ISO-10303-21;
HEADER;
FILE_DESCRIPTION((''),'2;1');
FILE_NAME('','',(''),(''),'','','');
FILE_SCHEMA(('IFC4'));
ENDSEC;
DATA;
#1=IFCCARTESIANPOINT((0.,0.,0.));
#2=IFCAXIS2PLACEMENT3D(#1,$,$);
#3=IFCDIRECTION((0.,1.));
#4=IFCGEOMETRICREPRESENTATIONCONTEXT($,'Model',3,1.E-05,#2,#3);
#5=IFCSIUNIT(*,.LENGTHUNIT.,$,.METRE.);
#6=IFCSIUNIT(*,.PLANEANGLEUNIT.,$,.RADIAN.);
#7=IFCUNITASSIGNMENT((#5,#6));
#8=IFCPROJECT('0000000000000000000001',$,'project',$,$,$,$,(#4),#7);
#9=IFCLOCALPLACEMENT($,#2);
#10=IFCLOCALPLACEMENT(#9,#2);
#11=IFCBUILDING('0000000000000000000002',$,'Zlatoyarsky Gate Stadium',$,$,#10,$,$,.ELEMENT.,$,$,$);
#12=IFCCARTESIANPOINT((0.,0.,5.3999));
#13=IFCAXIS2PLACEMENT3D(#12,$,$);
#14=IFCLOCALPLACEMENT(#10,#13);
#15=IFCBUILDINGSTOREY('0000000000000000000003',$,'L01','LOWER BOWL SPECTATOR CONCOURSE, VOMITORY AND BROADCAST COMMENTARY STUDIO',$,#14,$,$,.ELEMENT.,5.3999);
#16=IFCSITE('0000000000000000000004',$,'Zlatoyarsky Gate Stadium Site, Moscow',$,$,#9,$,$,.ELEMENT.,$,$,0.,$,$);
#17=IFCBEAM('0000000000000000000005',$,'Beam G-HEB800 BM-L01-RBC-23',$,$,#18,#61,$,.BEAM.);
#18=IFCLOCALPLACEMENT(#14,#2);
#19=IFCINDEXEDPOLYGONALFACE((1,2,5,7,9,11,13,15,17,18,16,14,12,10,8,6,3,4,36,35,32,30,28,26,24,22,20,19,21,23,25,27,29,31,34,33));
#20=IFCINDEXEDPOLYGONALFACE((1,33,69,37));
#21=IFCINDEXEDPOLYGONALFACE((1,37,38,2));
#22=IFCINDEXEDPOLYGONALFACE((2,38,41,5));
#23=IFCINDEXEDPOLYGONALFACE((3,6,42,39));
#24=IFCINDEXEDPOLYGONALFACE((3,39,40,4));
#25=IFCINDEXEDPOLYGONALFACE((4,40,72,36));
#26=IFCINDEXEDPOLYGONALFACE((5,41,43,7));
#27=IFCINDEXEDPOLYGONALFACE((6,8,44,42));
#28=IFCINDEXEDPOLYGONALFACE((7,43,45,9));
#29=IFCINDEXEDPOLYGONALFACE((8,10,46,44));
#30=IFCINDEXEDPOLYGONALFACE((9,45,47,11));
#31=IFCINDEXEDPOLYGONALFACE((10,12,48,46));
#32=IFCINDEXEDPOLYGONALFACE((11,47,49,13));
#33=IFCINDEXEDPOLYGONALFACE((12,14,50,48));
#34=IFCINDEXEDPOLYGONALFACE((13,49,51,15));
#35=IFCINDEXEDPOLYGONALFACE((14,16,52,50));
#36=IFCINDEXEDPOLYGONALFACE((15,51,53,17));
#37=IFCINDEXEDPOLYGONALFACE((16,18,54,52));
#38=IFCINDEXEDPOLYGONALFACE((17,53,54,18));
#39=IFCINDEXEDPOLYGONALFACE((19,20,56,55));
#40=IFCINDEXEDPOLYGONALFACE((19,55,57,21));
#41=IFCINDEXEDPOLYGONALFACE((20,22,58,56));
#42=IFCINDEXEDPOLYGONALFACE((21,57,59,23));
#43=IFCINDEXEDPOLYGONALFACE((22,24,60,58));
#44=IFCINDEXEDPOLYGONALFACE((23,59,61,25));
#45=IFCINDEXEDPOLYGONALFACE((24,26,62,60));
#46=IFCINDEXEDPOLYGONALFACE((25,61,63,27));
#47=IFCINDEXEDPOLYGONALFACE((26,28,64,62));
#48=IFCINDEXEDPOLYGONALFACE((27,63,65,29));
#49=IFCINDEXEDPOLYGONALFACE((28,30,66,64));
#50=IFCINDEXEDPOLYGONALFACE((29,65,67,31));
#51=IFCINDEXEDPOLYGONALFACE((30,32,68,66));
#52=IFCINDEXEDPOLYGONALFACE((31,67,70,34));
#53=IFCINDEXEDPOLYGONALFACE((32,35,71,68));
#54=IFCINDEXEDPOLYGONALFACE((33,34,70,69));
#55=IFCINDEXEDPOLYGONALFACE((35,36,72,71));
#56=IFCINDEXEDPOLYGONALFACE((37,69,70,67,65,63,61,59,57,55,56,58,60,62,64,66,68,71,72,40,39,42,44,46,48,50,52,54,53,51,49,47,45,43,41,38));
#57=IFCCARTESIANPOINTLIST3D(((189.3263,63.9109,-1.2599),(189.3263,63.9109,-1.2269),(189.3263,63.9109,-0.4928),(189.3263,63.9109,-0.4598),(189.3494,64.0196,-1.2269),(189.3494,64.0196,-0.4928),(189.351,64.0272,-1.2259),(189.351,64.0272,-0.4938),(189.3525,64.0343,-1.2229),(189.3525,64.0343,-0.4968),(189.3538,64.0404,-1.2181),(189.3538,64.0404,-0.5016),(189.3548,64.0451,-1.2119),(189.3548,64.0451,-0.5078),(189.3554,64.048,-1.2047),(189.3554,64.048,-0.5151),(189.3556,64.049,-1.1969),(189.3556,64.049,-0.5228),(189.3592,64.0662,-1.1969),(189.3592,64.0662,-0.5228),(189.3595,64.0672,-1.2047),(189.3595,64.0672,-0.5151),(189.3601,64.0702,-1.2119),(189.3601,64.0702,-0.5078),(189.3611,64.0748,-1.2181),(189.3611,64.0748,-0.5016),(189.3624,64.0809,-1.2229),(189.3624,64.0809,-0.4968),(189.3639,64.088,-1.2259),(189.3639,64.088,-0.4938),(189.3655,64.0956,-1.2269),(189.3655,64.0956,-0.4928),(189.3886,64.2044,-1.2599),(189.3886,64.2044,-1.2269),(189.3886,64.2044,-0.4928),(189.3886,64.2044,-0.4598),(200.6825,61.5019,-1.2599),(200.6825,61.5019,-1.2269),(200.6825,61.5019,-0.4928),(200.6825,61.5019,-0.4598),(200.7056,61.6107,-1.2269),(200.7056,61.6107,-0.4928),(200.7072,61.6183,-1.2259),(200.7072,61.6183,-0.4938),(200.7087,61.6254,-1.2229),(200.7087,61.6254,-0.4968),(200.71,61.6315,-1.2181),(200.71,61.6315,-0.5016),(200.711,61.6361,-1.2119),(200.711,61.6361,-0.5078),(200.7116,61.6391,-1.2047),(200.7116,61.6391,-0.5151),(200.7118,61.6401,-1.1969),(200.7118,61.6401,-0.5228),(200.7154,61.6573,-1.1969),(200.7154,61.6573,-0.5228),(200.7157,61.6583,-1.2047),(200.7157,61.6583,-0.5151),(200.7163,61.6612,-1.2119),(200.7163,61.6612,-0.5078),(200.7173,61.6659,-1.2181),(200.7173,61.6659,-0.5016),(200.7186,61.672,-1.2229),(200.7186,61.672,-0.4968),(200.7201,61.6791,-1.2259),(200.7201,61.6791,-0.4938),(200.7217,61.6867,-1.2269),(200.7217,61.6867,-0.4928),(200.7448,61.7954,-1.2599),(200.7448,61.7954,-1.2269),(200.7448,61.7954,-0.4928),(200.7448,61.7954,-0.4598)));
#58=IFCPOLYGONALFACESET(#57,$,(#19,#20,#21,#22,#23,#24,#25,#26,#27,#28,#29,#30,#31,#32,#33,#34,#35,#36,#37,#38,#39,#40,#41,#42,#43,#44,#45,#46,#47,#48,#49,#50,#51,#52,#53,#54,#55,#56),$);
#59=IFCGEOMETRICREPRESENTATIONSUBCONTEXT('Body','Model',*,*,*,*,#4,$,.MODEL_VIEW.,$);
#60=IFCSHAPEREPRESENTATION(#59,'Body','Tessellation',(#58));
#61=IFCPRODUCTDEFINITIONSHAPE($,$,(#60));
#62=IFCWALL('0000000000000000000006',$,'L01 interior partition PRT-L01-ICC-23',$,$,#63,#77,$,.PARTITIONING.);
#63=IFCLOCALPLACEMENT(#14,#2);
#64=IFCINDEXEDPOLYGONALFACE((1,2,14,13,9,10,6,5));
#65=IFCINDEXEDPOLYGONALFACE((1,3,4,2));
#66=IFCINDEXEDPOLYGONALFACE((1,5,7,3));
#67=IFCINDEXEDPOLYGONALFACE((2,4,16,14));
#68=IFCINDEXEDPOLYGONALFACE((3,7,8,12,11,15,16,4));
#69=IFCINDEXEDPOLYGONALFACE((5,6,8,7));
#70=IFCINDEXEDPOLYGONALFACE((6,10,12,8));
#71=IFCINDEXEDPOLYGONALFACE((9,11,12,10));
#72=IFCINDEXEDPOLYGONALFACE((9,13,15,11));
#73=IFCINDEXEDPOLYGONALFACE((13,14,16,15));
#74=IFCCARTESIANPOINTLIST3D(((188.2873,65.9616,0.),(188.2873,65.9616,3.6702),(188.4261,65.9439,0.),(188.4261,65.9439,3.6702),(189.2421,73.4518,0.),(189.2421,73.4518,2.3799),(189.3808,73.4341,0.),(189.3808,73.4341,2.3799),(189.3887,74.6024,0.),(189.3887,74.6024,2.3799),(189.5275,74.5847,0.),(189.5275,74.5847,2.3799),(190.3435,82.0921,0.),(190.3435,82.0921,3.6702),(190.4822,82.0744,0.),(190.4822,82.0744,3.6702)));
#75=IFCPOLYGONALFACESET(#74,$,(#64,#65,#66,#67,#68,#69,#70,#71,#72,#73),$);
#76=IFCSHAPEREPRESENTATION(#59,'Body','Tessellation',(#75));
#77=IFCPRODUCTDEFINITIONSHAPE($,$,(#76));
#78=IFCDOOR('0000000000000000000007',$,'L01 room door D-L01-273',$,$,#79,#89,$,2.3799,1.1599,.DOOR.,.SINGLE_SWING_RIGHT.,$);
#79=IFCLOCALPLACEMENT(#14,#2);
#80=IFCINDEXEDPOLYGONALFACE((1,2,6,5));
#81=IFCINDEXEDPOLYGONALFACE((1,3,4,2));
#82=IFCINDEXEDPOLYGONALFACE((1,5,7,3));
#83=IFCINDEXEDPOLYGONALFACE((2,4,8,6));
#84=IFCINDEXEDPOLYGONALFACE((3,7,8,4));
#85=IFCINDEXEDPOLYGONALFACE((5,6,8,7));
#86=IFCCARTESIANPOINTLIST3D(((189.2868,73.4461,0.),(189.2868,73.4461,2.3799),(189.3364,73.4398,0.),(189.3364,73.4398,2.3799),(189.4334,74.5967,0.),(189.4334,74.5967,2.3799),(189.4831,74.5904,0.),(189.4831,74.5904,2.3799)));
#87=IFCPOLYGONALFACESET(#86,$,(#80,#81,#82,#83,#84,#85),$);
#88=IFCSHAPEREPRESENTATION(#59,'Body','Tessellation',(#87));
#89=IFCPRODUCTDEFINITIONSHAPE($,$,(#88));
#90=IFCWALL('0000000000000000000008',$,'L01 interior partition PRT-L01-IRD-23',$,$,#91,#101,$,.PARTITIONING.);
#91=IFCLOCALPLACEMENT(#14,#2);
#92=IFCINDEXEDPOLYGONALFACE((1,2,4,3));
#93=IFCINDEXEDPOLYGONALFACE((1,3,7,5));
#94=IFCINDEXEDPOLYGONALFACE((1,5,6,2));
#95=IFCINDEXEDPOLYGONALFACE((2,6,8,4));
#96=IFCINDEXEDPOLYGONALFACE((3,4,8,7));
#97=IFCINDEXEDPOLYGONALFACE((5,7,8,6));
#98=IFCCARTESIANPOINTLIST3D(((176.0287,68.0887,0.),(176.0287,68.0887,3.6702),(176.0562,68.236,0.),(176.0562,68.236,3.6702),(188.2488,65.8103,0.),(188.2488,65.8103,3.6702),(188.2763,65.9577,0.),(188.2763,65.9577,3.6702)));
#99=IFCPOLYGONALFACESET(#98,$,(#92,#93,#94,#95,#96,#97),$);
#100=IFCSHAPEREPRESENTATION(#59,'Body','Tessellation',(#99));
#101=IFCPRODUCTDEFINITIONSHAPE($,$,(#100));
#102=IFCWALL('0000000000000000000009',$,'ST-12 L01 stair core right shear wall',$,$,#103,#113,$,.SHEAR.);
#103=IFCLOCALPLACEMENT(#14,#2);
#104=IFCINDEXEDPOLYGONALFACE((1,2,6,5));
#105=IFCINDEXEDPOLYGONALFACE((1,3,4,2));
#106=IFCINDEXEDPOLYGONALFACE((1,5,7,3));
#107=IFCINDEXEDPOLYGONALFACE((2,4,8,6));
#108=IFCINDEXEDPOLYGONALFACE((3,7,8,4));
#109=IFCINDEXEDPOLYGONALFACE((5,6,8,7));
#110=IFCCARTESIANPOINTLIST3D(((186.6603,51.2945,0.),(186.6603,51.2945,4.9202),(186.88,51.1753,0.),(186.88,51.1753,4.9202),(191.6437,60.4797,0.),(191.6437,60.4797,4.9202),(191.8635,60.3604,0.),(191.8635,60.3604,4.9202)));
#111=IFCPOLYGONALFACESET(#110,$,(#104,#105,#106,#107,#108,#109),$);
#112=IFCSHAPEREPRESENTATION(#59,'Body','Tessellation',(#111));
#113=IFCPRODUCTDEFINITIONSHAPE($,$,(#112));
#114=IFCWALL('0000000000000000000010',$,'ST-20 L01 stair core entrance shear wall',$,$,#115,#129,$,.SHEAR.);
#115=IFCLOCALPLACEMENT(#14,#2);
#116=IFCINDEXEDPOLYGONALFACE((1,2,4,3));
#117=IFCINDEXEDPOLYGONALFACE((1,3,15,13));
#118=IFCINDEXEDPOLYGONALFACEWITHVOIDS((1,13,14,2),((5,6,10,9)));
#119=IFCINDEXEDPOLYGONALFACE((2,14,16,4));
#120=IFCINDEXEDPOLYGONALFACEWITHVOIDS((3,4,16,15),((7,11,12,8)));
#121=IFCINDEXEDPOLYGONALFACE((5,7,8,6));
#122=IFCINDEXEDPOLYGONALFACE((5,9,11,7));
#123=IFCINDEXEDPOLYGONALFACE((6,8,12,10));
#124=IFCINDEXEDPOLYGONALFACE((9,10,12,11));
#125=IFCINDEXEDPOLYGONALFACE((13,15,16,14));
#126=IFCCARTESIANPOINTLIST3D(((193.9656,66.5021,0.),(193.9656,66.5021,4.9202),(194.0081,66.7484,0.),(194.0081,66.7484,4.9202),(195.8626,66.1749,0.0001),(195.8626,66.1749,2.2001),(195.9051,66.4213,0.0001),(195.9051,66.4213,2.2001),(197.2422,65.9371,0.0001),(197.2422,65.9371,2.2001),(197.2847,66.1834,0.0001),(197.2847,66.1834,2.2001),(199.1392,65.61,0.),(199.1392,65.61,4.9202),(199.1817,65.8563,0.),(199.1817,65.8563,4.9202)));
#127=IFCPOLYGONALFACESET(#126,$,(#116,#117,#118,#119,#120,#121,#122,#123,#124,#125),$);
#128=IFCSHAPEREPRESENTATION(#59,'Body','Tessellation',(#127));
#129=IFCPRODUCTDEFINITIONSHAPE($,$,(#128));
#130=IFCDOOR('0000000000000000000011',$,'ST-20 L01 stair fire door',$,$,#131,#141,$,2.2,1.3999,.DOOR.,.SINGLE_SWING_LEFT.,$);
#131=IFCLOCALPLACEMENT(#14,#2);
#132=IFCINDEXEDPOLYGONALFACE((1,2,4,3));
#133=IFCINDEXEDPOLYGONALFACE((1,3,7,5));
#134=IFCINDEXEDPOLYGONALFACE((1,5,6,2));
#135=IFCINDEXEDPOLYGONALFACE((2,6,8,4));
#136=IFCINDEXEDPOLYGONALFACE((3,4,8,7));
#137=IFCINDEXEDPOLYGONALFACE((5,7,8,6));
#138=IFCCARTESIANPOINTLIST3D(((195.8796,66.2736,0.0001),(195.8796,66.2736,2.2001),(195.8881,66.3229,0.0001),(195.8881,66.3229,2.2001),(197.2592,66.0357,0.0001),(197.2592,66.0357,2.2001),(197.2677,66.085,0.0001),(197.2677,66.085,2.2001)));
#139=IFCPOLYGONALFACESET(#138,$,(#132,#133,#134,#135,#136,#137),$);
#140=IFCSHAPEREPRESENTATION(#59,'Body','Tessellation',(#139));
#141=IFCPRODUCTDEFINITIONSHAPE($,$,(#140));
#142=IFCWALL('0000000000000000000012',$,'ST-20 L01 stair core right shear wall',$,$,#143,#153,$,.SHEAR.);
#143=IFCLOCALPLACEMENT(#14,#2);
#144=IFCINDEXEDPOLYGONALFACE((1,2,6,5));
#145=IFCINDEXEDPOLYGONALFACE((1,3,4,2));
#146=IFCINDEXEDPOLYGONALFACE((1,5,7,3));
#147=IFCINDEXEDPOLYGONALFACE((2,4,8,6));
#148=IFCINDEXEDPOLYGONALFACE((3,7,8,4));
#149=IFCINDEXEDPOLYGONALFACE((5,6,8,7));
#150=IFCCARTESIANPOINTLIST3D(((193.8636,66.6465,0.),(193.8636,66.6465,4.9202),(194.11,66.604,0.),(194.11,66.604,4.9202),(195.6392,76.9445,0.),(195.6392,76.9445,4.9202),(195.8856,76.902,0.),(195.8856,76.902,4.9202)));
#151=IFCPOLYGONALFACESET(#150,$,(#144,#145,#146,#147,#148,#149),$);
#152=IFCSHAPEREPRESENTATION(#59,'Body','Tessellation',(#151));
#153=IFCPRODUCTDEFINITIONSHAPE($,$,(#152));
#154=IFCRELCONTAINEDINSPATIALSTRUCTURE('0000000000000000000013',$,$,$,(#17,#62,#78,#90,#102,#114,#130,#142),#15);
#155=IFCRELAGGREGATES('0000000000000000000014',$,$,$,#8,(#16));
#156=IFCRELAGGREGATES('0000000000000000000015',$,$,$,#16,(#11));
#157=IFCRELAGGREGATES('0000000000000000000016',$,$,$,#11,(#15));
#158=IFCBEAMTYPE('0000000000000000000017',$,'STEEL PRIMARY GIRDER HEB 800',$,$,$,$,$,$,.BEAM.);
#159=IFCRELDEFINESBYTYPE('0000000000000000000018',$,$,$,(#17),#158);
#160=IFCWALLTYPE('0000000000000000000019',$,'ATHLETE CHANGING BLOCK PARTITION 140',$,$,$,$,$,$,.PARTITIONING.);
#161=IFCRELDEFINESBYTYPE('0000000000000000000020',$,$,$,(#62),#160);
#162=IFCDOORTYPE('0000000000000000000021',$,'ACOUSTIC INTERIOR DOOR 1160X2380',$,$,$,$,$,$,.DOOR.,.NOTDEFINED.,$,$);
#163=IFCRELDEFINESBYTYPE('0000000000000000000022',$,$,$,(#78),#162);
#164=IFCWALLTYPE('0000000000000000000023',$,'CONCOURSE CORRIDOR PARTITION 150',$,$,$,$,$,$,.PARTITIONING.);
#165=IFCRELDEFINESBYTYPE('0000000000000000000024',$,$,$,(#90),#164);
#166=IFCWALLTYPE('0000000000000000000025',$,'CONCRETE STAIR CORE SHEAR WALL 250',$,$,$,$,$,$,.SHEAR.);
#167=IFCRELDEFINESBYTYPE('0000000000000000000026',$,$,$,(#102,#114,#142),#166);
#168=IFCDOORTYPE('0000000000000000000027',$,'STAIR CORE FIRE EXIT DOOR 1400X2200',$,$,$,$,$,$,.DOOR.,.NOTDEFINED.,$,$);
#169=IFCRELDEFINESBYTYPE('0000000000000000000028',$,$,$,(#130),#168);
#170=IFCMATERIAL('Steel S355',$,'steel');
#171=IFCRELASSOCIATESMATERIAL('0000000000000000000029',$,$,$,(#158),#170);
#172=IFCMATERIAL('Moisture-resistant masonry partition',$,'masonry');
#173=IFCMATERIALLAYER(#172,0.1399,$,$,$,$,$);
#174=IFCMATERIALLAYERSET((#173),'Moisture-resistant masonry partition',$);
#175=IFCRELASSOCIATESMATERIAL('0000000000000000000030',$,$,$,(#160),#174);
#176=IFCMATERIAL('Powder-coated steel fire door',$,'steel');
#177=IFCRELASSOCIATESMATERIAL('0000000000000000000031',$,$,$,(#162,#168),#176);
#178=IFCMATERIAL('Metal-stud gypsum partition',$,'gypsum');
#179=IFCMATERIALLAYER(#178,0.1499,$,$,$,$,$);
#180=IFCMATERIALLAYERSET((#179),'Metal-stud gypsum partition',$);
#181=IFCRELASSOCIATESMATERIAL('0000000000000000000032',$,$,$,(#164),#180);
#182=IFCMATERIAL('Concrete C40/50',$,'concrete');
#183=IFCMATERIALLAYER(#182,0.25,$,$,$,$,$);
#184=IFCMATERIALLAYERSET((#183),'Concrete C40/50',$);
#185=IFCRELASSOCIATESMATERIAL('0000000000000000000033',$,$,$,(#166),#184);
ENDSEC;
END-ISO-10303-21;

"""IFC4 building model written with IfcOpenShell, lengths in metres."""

from ifc_helpers import new_model, si_unit, direction, frame, frame_2d, origin, origin_2d, place, context, subcontext, project, spatial, rectangle, i_section, extrude, material, layer, layer_set, material_profile, profile_set, type_object, element, fill, save


model = new_model("IFC4")

# Units and contexts
model_context = context("Model", 3, precision=1e-05, world=origin(), true_north=direction((0.0, 1.0)))
body_context = subcontext(model_context, "Body", "Model", "MODEL_VIEW")
ifc_project = project(units=[si_unit("LENGTHUNIT", "METRE"), si_unit("PLANEANGLEUNIT", "RADIAN")], contexts=[model_context])

# Site, building, storey
site_placement = place(None, origin())
site = spatial("IfcSite", under=ifc_project, at=site_placement, Name="Zlatoyarsky Gate Stadium Site, Moscow", CompositionType="ELEMENT", RefElevation=0.0)
building_placement = place(site_placement, origin())
building = spatial("IfcBuilding", under=site, at=building_placement, Name="Zlatoyarsky Gate Stadium", CompositionType="ELEMENT")
storey_placement = place(building_placement, frame((0.0, 0.0, 5.3999)))
storey = spatial("IfcBuildingStorey", under=building, at=storey_placement, Name="L01", Description="LOWER BOWL SPECTATOR CONCOURSE, VOMITORY AND BROADCAST COMMENTARY STUDIO", CompositionType="ELEMENT", Elevation=5.3999)

# Shared definitions
ifc_material_1 = material(Name="Concrete C40/50", Category="concrete")

# Beam
ifc_material_2 = material(Name="Steel S355", Category="steel")
ifc_material_profile_1 = material_profile(ifc_material_2, i_section(OverallWidth=0.3, OverallDepth=0.8, WebThickness=0.0176, FlangeThickness=0.033, FilletRadius=0.03, at=origin_2d()), Name="HEB 800")
ifc_profile_set_1 = profile_set([ifc_material_profile_1], Name="Steel S355")
beam_type_1 = type_object("IfcBeamType", Name="STEEL PRIMARY GIRDER HEB 800", PredefinedType="BEAM", material=ifc_profile_set_1)
beam_1_placement = place(storey_placement, frame((189.3574, 64.0576, -0.8599), z_axis=(0.978233, -0.207508, 0.0), x_axis=(0.207508, 0.978233, 0.0)))
element("IfcBeam", 1, at=beam_1_placement, inside=storey, type_object=beam_type_1, Name="Beam G-HEB800 BM-L01-RBC-23", PredefinedType="BEAM", context=body_context, shape_type="SweptSolid", body=[
    extrude(i_section(OverallWidth=0.3, OverallDepth=0.8, WebThickness=0.0176, FlangeThickness=0.033, FilletRadius=0.03, at=origin_2d()), origin(), (0.0, 0.0, 1.0), 11.6089),
])

# Wall, opening, door
ifc_material_3 = material(Name="Moisture-resistant masonry partition", Category="masonry")
ifc_layer_1 = layer(ifc_material_3, 0.1399)
ifc_layer_set_1 = layer_set([ifc_layer_1], Name="Moisture-resistant masonry partition")
wall_type_1 = type_object("IfcWallType", Name="ATHLETE CHANGING BLOCK PARTITION 140", PredefinedType="PARTITIONING", material=ifc_layer_set_1)
wall_1_placement = place(storey_placement, frame((188.3567, 65.9529, 0.0), z_axis=(0.0, 0.0, 1.0), x_axis=(0.126448, 0.991973, 0.0)))
wall_1 = element("IfcWall", 2, at=wall_1_placement, inside=storey, type_object=wall_type_1, Name="L01 interior partition PRT-L01-ICC-23", PredefinedType="PARTITIONING", context=body_context, shape_type="SweptSolid", body=[
    extrude(rectangle(XDim=16.261, YDim=0.1399, at=frame_2d((8.1304, 0.0))), origin(), (0.0, 0.0, 1.0), 3.6702),
])
opening_1_placement = place(wall_1_placement, frame((7.5505, 0.0, 0.0)))
opening_1 = element("IfcOpeningElement", 3, at=opening_1_placement, cuts=wall_1, PredefinedType="OPENING", context=body_context, shape_type="SweptSolid", body=[
    extrude(rectangle(XDim=1.1599, YDim=2.3799, at=frame_2d((0.5801, 1.1899))), frame((0.0, 0.0798, 0.0), z_axis=(0.0, -1.0, 0.0), x_axis=(1.0, 0.0, 0.0)), (0.0, 0.0, 1.0), 0.1599),
])
ifc_material_4 = material(Name="Powder-coated steel fire door", Category="steel")
door_type_1 = type_object("IfcDoorType", Name="ACOUSTIC INTERIOR DOOR 1160X2380", OperationType="NOTDEFINED", PredefinedType="DOOR", material=ifc_material_4)
door_1_placement = place(opening_1_placement, origin())
door_1 = element("IfcDoor", 4, at=door_1_placement, inside=storey, type_object=door_type_1, Name="L01 room door D-L01-273", OperationType="SINGLE_SWING_RIGHT", OverallHeight=2.3799, OverallWidth=1.1599, PredefinedType="DOOR", context=body_context, shape_type="SweptSolid", body=[
    extrude(rectangle(XDim=1.1599, YDim=2.3799, at=frame_2d((0.5801, 1.1899))), frame((0.0, 0.0249, 0.0), z_axis=(0.0, -1.0, 0.0), x_axis=(1.0, 0.0, 0.0)), (0.0, 0.0, 1.0), 0.05),
])
fill(opening_1, door_1)

# Walls
ifc_material_5 = material(Name="Metal-stud gypsum partition", Category="gypsum")
ifc_layer_2 = layer(ifc_material_5, 0.1499)
ifc_layer_set_2 = layer_set([ifc_layer_2], Name="Metal-stud gypsum partition")
wall_type_2 = type_object("IfcWallType", Name="CONCOURSE CORRIDOR PARTITION 150", PredefinedType="PARTITIONING", material=ifc_layer_set_2)
wall_2_placement = place(storey_placement, frame((176.0425, 68.1624, 0.0), z_axis=(0.0, 0.0, 1.0), x_axis=(0.98306, -0.183284, 0.0)))
element("IfcWall", 5, at=wall_2_placement, inside=storey, type_object=wall_type_2, Name="L01 interior partition PRT-L01-IRD-23", PredefinedType="PARTITIONING", context=body_context, shape_type="SweptSolid", body=[
    extrude(rectangle(XDim=12.4307, YDim=0.1499, at=frame_2d((6.2153, 0.0))), origin(), (0.0, 0.0, 1.0), 3.6702),
])
ifc_layer_3 = layer(ifc_material_1, 0.25)
ifc_layer_set_3 = layer_set([ifc_layer_3], Name="Concrete C40/50")
wall_type_3 = type_object("IfcWallType", Name="CONCRETE STAIR CORE SHEAR WALL 250", PredefinedType="SHEAR", material=ifc_layer_set_3)
wall_3_placement = place(storey_placement, frame((191.7537, 60.4202, 0.0), z_axis=(0.0, 0.0, 1.0), x_axis=(-0.476887, -0.878965, 0.0)))
element("IfcWall", 6, at=wall_3_placement, inside=storey, type_object=wall_type_3, Name="ST-12 L01 stair core right shear wall", PredefinedType="SHEAR", context=body_context, shape_type="SweptSolid", body=[
    extrude(rectangle(XDim=10.45, YDim=0.25, at=frame_2d((5.2251, 0.0))), origin(), (0.0, 0.0, 1.0), 4.9202),
])

# Wall, opening, door
wall_4_placement = place(storey_placement, frame((193.9868, 66.6252, 0.0), z_axis=(0.0, 0.0, 1.0), x_axis=(0.985457, -0.169924, 0.0)))
wall_4 = element("IfcWall", 7, at=wall_4_placement, inside=storey, type_object=wall_type_3, Name="ST-20 L01 stair core entrance shear wall", PredefinedType="SHEAR", context=body_context, shape_type="SweptSolid", body=[
    extrude(rectangle(XDim=5.25, YDim=0.25, at=frame_2d((2.625, 0.0))), origin(), (0.0, 0.0, 1.0), 4.9202),
])
opening_2_placement = place(wall_4_placement, frame((1.925, 0.0, 0.0)))
opening_2 = element("IfcOpeningElement", 8, at=opening_2_placement, cuts=wall_4, PredefinedType="OPENING", context=body_context, shape_type="SweptSolid", body=[
    extrude(rectangle(XDim=1.3999, YDim=2.2, at=frame_2d((0.7, 1.1001))), frame((0.0, 0.135, 0.0), z_axis=(0.0, -1.0, 0.0), x_axis=(1.0, 0.0, 0.0)), (0.0, 0.0, 1.0), 0.27),
])
door_type_2 = type_object("IfcDoorType", Name="STAIR CORE FIRE EXIT DOOR 1400X2200", OperationType="NOTDEFINED", PredefinedType="DOOR", material=ifc_material_4)
door_2_placement = place(opening_2_placement, frame((1.3999, 0.0, 0.0), z_axis=(0.0, 0.0, 1.0), x_axis=(-1.0, 0.0, 0.0)))
door_2 = element("IfcDoor", 9, at=door_2_placement, inside=storey, type_object=door_type_2, Name="ST-20 L01 stair fire door", OperationType="SINGLE_SWING_LEFT", OverallHeight=2.2, OverallWidth=1.3999, PredefinedType="DOOR", context=body_context, shape_type="SweptSolid", body=[
    extrude(rectangle(XDim=1.3999, YDim=2.2, at=frame_2d((0.7, 1.1001))), frame((0.0, 0.0249, 0.0), z_axis=(0.0, -1.0, 0.0), x_axis=(1.0, 0.0, 0.0)), (0.0, 0.0, 1.0), 0.05),
])
fill(opening_2, door_2)

# Wall
wall_5_placement = place(storey_placement, frame((195.7625, 76.9233, 0.0), z_axis=(0.0, 0.0, 1.0), x_axis=(-0.169916, -0.985458, 0.0)))
element("IfcWall", 10, at=wall_5_placement, inside=storey, type_object=wall_type_3, Name="ST-20 L01 stair core right shear wall", PredefinedType="SHEAR", context=body_context, shape_type="SweptSolid", body=[
    extrude(rectangle(XDim=10.45, YDim=0.25, at=frame_2d((5.2251, 0.0))), origin(), (0.0, 0.0, 1.0), 4.9202),
])

save(model, "model.ifc")
